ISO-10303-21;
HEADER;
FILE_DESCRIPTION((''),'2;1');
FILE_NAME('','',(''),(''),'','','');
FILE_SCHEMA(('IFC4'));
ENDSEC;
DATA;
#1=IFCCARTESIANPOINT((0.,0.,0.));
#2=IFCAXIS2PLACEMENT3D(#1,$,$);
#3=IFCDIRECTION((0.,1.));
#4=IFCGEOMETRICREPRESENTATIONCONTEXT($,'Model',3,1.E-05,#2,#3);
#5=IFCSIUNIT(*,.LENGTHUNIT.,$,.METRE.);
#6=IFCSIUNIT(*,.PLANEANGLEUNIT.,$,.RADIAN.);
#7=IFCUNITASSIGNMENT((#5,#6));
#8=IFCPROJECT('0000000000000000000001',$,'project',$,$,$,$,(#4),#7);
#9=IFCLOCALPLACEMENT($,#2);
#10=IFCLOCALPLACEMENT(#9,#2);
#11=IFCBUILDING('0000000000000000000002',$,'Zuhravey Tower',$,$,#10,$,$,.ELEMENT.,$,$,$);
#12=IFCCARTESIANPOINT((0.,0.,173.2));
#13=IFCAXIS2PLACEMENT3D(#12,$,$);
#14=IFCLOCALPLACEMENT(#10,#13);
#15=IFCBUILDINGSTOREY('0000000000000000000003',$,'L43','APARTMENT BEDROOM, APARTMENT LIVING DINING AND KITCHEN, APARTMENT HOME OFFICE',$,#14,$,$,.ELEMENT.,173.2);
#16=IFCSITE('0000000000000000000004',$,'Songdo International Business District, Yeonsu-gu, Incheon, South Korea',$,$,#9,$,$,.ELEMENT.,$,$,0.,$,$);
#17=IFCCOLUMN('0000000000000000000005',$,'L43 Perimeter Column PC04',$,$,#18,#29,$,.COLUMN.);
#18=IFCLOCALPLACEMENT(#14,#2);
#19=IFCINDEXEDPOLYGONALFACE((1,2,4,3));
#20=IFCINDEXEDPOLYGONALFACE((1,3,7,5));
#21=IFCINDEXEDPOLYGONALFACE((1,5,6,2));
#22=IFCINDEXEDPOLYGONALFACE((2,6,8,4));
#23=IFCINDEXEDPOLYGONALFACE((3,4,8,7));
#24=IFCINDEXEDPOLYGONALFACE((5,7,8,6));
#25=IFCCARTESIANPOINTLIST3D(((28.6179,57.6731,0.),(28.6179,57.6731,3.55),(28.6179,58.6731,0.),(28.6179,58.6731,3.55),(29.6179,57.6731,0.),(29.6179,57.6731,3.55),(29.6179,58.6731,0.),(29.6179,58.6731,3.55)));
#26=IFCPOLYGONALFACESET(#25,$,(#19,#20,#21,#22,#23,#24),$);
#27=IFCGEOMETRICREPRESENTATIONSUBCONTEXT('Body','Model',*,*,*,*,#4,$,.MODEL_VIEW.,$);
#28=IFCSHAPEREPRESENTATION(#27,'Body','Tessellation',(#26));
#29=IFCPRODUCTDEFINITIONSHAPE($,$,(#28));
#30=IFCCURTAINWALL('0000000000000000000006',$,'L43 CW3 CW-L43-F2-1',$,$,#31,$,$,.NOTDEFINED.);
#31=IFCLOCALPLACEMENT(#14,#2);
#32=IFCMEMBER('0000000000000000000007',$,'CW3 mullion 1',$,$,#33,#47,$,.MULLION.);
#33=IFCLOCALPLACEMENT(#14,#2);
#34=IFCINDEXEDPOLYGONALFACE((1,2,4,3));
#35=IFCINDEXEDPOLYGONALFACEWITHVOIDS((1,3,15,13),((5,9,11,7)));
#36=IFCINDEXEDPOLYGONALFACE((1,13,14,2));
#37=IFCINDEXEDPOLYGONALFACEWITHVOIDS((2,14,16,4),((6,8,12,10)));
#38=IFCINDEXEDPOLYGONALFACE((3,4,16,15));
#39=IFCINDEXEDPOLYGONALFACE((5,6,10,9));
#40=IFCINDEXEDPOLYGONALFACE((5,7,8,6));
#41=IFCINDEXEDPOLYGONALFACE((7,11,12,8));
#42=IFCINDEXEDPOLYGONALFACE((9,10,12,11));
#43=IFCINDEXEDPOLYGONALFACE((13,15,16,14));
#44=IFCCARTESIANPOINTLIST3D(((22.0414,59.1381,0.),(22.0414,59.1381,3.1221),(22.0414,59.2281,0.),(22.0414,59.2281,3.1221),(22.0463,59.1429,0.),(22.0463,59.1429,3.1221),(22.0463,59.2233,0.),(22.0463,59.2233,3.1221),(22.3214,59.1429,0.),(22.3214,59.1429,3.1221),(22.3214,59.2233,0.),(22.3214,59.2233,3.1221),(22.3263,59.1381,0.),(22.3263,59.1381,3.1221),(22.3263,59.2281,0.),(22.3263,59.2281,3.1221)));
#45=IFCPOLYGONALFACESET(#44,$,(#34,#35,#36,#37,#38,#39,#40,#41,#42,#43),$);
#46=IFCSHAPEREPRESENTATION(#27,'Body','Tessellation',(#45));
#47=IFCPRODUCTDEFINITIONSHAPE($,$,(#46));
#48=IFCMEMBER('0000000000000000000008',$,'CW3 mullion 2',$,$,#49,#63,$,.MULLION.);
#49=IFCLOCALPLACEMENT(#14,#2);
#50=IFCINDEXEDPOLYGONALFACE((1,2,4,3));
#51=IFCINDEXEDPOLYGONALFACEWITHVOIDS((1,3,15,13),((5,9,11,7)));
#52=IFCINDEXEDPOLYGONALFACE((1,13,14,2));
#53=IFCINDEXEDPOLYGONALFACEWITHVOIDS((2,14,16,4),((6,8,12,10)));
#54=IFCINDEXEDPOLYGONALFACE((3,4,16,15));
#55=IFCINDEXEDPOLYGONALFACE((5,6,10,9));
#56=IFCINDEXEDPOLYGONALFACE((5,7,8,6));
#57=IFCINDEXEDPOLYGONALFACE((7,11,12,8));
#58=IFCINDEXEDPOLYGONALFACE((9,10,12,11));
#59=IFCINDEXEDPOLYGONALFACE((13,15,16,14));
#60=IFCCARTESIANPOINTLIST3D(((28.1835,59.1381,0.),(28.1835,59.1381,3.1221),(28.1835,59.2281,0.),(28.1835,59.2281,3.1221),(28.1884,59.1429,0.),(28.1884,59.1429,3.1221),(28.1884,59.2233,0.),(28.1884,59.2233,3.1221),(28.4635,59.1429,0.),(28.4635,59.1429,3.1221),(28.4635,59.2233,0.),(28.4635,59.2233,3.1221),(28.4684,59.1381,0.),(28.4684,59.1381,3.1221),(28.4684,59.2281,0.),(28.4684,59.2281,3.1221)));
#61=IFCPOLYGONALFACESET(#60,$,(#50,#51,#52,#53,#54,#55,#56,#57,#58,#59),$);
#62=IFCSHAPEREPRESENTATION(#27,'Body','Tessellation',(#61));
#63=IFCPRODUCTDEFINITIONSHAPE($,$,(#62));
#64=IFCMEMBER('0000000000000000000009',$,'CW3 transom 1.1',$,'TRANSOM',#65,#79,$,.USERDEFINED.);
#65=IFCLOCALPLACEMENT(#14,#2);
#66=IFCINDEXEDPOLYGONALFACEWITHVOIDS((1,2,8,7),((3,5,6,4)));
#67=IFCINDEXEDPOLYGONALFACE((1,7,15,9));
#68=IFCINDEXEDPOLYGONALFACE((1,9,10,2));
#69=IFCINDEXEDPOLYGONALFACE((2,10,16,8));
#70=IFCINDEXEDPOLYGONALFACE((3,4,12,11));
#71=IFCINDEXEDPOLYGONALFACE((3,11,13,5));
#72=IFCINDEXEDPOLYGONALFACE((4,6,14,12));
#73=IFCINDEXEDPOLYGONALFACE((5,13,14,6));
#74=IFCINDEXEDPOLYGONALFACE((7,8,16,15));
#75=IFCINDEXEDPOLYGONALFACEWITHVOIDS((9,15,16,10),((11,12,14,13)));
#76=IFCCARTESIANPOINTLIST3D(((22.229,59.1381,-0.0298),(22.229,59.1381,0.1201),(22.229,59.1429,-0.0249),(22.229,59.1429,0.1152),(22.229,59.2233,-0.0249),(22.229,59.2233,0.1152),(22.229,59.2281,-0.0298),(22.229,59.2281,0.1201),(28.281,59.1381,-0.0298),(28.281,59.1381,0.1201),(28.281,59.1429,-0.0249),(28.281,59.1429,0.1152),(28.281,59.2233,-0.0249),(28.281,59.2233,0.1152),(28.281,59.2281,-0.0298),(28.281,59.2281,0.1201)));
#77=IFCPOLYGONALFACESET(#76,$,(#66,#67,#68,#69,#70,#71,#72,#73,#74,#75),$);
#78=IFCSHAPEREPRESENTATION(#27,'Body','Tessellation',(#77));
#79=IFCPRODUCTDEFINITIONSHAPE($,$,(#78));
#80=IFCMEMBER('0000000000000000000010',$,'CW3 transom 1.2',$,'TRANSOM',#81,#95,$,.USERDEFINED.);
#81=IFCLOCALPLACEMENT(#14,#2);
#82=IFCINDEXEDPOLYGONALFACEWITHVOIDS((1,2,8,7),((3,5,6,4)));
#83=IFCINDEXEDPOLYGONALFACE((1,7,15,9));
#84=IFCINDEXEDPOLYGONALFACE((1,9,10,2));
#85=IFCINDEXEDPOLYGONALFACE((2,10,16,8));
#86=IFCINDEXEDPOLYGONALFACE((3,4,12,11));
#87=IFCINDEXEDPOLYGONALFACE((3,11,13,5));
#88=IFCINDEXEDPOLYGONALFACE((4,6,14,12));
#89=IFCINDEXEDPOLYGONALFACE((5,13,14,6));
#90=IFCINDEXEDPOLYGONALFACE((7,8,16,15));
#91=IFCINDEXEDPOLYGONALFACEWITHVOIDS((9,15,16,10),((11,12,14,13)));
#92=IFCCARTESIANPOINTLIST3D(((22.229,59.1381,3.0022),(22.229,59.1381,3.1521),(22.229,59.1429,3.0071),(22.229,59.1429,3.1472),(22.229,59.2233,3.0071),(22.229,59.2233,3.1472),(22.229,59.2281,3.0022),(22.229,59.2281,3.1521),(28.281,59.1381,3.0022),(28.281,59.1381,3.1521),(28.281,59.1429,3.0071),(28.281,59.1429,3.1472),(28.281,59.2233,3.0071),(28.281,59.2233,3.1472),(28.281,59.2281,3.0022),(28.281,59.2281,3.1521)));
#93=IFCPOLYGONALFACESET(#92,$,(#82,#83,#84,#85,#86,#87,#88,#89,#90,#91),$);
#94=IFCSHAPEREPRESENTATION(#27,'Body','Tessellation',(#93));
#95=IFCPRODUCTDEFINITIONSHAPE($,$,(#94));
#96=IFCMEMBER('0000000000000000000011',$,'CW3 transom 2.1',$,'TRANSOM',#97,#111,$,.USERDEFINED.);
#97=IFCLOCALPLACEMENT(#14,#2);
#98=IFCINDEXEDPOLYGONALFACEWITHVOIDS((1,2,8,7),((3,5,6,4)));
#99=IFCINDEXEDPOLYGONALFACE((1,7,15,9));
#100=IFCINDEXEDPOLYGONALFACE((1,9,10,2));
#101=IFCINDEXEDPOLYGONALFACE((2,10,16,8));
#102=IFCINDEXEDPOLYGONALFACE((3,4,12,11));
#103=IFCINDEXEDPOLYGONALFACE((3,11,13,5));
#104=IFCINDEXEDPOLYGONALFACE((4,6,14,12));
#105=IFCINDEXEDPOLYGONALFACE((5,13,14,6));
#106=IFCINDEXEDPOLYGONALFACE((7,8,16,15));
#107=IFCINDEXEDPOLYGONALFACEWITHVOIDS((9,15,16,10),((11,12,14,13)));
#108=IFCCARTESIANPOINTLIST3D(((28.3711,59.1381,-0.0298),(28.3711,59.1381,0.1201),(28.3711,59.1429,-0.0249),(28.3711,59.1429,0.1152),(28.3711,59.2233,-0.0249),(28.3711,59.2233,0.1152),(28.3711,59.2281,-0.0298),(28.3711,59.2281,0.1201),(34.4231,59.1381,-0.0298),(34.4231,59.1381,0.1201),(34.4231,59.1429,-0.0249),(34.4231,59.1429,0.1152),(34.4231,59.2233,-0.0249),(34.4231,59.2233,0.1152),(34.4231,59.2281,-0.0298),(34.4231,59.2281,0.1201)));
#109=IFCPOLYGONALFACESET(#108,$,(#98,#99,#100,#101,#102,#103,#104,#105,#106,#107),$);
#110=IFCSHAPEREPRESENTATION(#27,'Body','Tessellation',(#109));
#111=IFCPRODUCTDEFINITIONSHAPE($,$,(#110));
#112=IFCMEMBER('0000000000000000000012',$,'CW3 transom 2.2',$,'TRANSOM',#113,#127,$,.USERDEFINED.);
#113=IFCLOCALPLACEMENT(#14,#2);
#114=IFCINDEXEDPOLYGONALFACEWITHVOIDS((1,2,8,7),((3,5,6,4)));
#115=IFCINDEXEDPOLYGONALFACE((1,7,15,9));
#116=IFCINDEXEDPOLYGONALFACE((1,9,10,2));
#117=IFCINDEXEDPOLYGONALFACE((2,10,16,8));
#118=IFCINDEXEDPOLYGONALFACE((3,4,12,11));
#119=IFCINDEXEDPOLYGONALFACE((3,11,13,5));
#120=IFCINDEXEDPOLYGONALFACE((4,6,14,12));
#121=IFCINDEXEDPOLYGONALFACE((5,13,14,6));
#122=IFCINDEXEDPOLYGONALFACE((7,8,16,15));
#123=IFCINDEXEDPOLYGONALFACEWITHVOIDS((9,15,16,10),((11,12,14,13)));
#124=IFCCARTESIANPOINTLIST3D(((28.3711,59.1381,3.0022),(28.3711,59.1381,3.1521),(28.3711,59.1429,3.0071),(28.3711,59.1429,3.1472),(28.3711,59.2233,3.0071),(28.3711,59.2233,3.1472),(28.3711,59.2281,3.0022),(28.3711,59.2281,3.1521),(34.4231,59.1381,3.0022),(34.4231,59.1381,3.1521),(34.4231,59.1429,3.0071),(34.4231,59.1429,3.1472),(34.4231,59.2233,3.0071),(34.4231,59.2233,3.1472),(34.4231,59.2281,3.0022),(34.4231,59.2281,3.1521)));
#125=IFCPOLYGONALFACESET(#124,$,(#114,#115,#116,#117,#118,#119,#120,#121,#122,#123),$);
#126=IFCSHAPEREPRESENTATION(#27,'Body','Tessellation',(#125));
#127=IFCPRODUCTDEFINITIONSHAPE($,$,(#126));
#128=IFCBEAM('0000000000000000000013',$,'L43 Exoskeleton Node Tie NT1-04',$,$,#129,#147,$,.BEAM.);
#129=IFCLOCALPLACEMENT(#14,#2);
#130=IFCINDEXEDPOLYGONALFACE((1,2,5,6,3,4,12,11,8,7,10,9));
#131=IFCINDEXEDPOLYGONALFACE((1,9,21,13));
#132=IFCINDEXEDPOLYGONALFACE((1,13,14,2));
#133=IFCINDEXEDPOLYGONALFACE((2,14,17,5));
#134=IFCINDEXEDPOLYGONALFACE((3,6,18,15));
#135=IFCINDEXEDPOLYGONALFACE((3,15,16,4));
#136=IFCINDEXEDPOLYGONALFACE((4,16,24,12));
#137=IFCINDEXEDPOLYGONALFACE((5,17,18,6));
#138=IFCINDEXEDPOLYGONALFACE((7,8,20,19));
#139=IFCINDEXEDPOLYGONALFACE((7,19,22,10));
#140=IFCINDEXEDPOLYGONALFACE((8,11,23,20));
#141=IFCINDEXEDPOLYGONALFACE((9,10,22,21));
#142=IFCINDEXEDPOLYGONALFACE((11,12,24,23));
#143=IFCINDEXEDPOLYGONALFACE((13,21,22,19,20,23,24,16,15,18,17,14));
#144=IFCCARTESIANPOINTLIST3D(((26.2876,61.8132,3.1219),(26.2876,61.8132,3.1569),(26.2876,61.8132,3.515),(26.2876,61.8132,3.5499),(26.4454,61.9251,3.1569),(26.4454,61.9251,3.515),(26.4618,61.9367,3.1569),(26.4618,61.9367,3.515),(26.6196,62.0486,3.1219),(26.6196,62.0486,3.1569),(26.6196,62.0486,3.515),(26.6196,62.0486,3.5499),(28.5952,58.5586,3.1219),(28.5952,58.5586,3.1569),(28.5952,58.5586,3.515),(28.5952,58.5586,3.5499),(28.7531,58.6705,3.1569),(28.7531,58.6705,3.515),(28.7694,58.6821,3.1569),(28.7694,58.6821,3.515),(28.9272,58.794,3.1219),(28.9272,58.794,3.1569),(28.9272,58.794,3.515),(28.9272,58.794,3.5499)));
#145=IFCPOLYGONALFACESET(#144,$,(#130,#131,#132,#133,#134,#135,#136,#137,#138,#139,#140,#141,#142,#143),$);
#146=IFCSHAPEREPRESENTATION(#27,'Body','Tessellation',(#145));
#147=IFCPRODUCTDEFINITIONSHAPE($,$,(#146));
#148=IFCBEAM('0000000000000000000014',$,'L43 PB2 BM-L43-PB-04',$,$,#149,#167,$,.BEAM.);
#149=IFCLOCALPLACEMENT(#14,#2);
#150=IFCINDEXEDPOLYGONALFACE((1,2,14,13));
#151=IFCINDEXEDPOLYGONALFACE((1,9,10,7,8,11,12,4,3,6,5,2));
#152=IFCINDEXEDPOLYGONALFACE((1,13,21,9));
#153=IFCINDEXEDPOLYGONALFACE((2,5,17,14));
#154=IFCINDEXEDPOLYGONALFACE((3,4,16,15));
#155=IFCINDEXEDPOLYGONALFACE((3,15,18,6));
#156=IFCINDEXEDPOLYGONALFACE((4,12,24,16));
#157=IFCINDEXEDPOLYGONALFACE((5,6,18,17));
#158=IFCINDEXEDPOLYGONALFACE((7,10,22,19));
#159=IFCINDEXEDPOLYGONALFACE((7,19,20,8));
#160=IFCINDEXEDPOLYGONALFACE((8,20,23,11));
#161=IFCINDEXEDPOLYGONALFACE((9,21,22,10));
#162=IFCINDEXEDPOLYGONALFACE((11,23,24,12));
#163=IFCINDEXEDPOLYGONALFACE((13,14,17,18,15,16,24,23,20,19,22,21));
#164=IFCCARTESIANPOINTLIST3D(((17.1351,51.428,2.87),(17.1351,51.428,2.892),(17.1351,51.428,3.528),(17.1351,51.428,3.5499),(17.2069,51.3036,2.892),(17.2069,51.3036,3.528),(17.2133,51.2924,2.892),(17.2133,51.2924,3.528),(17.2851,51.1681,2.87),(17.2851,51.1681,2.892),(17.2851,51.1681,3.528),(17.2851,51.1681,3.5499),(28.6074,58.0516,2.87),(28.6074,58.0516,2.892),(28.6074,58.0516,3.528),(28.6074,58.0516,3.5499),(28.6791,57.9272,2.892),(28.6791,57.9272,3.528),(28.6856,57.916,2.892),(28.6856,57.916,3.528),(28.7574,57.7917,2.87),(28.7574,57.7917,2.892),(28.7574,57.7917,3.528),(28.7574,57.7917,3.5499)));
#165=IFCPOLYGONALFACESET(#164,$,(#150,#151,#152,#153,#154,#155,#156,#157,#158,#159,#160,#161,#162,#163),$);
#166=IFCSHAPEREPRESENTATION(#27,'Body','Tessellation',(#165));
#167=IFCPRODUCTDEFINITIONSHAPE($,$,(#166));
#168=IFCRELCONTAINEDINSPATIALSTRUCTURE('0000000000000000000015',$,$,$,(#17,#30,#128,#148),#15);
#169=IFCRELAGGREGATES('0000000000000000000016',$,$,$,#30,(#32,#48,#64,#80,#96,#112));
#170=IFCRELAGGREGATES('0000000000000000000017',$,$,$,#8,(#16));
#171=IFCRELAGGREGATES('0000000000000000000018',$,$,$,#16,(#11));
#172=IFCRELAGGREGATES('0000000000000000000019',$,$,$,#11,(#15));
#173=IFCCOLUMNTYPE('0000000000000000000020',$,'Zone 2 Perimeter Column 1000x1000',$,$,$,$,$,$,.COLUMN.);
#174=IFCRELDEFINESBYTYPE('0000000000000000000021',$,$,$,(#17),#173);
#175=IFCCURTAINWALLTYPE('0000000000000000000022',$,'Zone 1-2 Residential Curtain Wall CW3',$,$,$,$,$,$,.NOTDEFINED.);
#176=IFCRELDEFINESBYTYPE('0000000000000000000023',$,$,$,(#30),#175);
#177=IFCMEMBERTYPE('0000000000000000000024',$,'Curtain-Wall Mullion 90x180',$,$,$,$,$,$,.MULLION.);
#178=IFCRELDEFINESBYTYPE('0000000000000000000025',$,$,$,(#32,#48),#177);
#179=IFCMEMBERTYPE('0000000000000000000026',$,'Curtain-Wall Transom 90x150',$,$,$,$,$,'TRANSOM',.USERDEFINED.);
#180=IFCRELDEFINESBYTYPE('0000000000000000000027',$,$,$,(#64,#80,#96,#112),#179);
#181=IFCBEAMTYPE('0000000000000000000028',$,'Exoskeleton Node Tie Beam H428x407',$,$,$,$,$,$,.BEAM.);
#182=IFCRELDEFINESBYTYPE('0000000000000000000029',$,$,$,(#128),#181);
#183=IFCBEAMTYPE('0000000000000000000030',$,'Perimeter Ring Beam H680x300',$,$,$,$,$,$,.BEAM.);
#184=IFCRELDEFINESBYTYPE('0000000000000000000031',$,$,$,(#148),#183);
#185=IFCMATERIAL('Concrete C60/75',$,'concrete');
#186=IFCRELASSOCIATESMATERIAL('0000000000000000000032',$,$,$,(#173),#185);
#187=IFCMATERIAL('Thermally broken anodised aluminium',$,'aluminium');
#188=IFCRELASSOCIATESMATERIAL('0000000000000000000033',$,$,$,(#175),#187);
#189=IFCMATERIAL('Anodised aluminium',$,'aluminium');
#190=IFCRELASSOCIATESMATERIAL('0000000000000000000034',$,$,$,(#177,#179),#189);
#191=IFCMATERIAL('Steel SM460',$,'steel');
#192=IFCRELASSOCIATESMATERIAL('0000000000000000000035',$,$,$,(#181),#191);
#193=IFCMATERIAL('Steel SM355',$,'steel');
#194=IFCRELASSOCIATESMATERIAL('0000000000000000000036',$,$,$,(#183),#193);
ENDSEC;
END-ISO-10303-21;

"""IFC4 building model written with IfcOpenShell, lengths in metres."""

from ifc_helpers import new_model, si_unit, direction, frame, origin, origin_2d, place, context, subcontext, project, spatial, rectangle, hollow_rectangle, i_section, extrude, material, material_profile, profile_set, type_object, element, aggregate, save


model = new_model("IFC4")

# Units and contexts
model_context = context("Model", 3, precision=1e-05, world=origin(), true_north=direction((0.0, 1.0)))
body_context = subcontext(model_context, "Body", "Model", "MODEL_VIEW")
ifc_project = project(units=[si_unit("LENGTHUNIT", "METRE"), si_unit("PLANEANGLEUNIT", "RADIAN")], contexts=[model_context])

# Site, building, storey
site_placement = place(None, origin())
site = spatial("IfcSite", under=ifc_project, at=site_placement, Name="Songdo International Business District, Yeonsu-gu, Incheon, South Korea", CompositionType="ELEMENT", RefElevation=0.0)
building_placement = place(site_placement, origin())
building = spatial("IfcBuilding", under=site, at=building_placement, Name="Zuhravey Tower", CompositionType="ELEMENT")
storey_placement = place(building_placement, frame((0.0, 0.0, 173.2)))
storey = spatial("IfcBuildingStorey", under=building, at=storey_placement, Name="L43", Description="APARTMENT BEDROOM, APARTMENT LIVING DINING AND KITCHEN, APARTMENT HOME OFFICE", CompositionType="ELEMENT", Elevation=173.2)

# Column
ifc_material_1 = material(Name="Concrete C60/75", Category="concrete")
ifc_material_profile_1 = material_profile(ifc_material_1, rectangle(XDim=1.0, YDim=1.0, at=origin_2d()), Name="RC-1000x1000")
ifc_profile_set_1 = profile_set([ifc_material_profile_1], Name="Concrete C60/75")
column_type = type_object("IfcColumnType", Name="Zone 2 Perimeter Column 1000x1000", PredefinedType="COLUMN", material=ifc_profile_set_1)
column_placement = place(storey_placement, frame((29.1179, 58.1731, 0.0), z_axis=(0.0, 0.0, 1.0), x_axis=(-1.0, 0.0, 0.0)))
element("IfcColumn", 1, at=column_placement, inside=storey, type_object=column_type, Name="L43 Perimeter Column PC04", PredefinedType="COLUMN", context=body_context, shape_type="SweptSolid", body=[
    extrude(rectangle(XDim=1.0, YDim=1.0, at=origin_2d()), origin(), (0.0, 0.0, 1.0), 3.55),
])

# Curtain wall, members
ifc_material_2 = material(Name="Thermally broken anodised aluminium", Category="aluminium")
curtain_wall_type = type_object("IfcCurtainWallType", Name="Zone 1-2 Residential Curtain Wall CW3", PredefinedType="NOTDEFINED", material=ifc_material_2)
curtain_wall_placement = place(storey_placement, origin())
curtain_wall = element("IfcCurtainWall", 2, at=curtain_wall_placement, inside=storey, type_object=curtain_wall_type, Name="L43 CW3 CW-L43-F2-1", PredefinedType="NOTDEFINED")
ifc_material_3 = material(Name="Anodised aluminium", Category="aluminium")
ifc_material_profile_2 = material_profile(ifc_material_3, hollow_rectangle(XDim=0.0901, YDim=0.2849, WallThickness=0.0049, at=origin_2d()), Name="ALU-RHS-90x285x5")
ifc_profile_set_2 = profile_set([ifc_material_profile_2], Name="Anodised aluminium")
member_type_1 = type_object("IfcMemberType", Name="Curtain-Wall Mullion 90x180", PredefinedType="MULLION", material=ifc_profile_set_2)
member_1_placement = place(storey_placement, frame((22.1838, 59.1831, 0.0), z_axis=(0.0, 0.0, 1.0), x_axis=(0.0, 1.0, 0.0)))
member_1 = element("IfcMember", 3, at=member_1_placement, type_object=member_type_1, Name="CW3 mullion 1", PredefinedType="MULLION", context=body_context, shape_type="SweptSolid", body=[
    extrude(hollow_rectangle(XDim=0.0901, YDim=0.2849, WallThickness=0.0049, at=origin_2d()), origin(), (0.0, 0.0, 1.0), 3.1221),
])
member_2_placement = place(storey_placement, frame((28.3259, 59.1831, 0.0), z_axis=(0.0, 0.0, 1.0), x_axis=(0.0, 1.0, 0.0)))
member_2 = element("IfcMember", 4, at=member_2_placement, type_object=member_type_1, Name="CW3 mullion 2", PredefinedType="MULLION", context=body_context, shape_type="SweptSolid", body=[
    extrude(hollow_rectangle(XDim=0.0901, YDim=0.2849, WallThickness=0.0049, at=origin_2d()), origin(), (0.0, 0.0, 1.0), 3.1221),
])
ifc_material_profile_3 = material_profile(ifc_material_3, hollow_rectangle(XDim=0.0901, YDim=0.1499, WallThickness=0.0049, at=origin_2d()), Name="ALU-RHS-90x150x5")
ifc_profile_set_3 = profile_set([ifc_material_profile_3], Name="Anodised aluminium")
member_type_2 = type_object("IfcMemberType", Name="Curtain-Wall Transom 90x150", ElementType="TRANSOM", PredefinedType="USERDEFINED", material=ifc_profile_set_3)
member_3_placement = place(storey_placement, frame((22.229, 59.1831, 0.0452), z_axis=(1.0, 0.0, 0.0), x_axis=(0.0, 1.0, 0.0)))
member_3 = element("IfcMember", 5, at=member_3_placement, type_object=member_type_2, Name="CW3 transom 1.1", ObjectType="TRANSOM", PredefinedType="USERDEFINED", context=body_context, shape_type="SweptSolid", body=[
    extrude(hollow_rectangle(XDim=0.0901, YDim=0.1499, WallThickness=0.0049, at=origin_2d()), origin(), (0.0, 0.0, 1.0), 6.052),
])
member_4_placement = place(storey_placement, frame((22.229, 59.1831, 3.0771), z_axis=(1.0, 0.0, 0.0), x_axis=(0.0, 1.0, 0.0)))
member_4 = element("IfcMember", 6, at=member_4_placement, type_object=member_type_2, Name="CW3 transom 1.2", ObjectType="TRANSOM", PredefinedType="USERDEFINED", context=body_context, shape_type="SweptSolid", body=[
    extrude(hollow_rectangle(XDim=0.0901, YDim=0.1499, WallThickness=0.0049, at=origin_2d()), origin(), (0.0, 0.0, 1.0), 6.052),
])
member_5_placement = place(storey_placement, frame((28.3711, 59.1831, 0.0452), z_axis=(1.0, 0.0, 0.0), x_axis=(0.0, 1.0, 0.0)))
member_5 = element("IfcMember", 7, at=member_5_placement, type_object=member_type_2, Name="CW3 transom 2.1", ObjectType="TRANSOM", PredefinedType="USERDEFINED", context=body_context, shape_type="SweptSolid", body=[
    extrude(hollow_rectangle(XDim=0.0901, YDim=0.1499, WallThickness=0.0049, at=origin_2d()), origin(), (0.0, 0.0, 1.0), 6.052),
])
member_6_placement = place(storey_placement, frame((28.3711, 59.1831, 3.0771), z_axis=(1.0, 0.0, 0.0), x_axis=(0.0, 1.0, 0.0)))
member_6 = element("IfcMember", 8, at=member_6_placement, type_object=member_type_2, Name="CW3 transom 2.2", ObjectType="TRANSOM", PredefinedType="USERDEFINED", context=body_context, shape_type="SweptSolid", body=[
    extrude(hollow_rectangle(XDim=0.0901, YDim=0.1499, WallThickness=0.0049, at=origin_2d()), origin(), (0.0, 0.0, 1.0), 6.052),
])

# Beams
ifc_material_4 = material(Name="Steel SM460", Category="steel")
ifc_material_profile_4 = material_profile(ifc_material_4, i_section(OverallWidth=0.407, OverallDepth=0.428, WebThickness=0.02, FlangeThickness=0.0349, at=origin_2d()), Name="H-428x407x20x35")
ifc_profile_set_4 = profile_set([ifc_material_profile_4], Name="Steel SM460")
beam_type_1 = type_object("IfcBeamType", Name="Exoskeleton Node Tie Beam H428x407", PredefinedType="BEAM", material=ifc_profile_set_4)
beam_1_placement = place(storey_placement, frame((28.7612, 58.6763, 3.3359), z_axis=(-0.578392, 0.815759, 0.0), x_axis=(-0.815759, -0.578392, 0.0)))
element("IfcBeam", 9, at=beam_1_placement, inside=storey, type_object=beam_type_1, Name="L43 Exoskeleton Node Tie NT1-04", PredefinedType="BEAM", context=body_context, shape_type="SweptSolid", body=[
    extrude(i_section(OverallWidth=0.407, OverallDepth=0.428, WebThickness=0.02, FlangeThickness=0.0349, at=origin_2d()), origin(), (0.0, 0.0, 1.0), 3.9897),
])
ifc_material_5 = material(Name="Steel SM355", Category="steel")
ifc_material_profile_5 = material_profile(ifc_material_5, i_section(OverallWidth=0.3, OverallDepth=0.6799, WebThickness=0.0129, FlangeThickness=0.022, at=origin_2d()), Name="H-680x300x13x22")
ifc_profile_set_5 = profile_set([ifc_material_profile_5], Name="Steel SM355")
beam_type_2 = type_object("IfcBeamType", Name="Perimeter Ring Beam H680x300", PredefinedType="BEAM", material=ifc_profile_set_5)
beam_2_placement = place(storey_placement, frame((28.6824, 57.9216, 3.21), z_axis=(-0.866023, -0.500004, 0.0), x_axis=(0.500004, -0.866023, 0.0)))
element("IfcBeam", 10, at=beam_2_placement, inside=storey, type_object=beam_type_2, Name="L43 PB2 BM-L43-PB-04", PredefinedType="BEAM", context=body_context, shape_type="SweptSolid", body=[
    extrude(i_section(OverallWidth=0.3, OverallDepth=0.6799, WebThickness=0.0129, FlangeThickness=0.022, at=origin_2d()), origin(), (0.0, 0.0, 1.0), 13.2471),
])

aggregate(curtain_wall, [member_1, member_2, member_3, member_4, member_5, member_6])

save(model, "model.ifc")
